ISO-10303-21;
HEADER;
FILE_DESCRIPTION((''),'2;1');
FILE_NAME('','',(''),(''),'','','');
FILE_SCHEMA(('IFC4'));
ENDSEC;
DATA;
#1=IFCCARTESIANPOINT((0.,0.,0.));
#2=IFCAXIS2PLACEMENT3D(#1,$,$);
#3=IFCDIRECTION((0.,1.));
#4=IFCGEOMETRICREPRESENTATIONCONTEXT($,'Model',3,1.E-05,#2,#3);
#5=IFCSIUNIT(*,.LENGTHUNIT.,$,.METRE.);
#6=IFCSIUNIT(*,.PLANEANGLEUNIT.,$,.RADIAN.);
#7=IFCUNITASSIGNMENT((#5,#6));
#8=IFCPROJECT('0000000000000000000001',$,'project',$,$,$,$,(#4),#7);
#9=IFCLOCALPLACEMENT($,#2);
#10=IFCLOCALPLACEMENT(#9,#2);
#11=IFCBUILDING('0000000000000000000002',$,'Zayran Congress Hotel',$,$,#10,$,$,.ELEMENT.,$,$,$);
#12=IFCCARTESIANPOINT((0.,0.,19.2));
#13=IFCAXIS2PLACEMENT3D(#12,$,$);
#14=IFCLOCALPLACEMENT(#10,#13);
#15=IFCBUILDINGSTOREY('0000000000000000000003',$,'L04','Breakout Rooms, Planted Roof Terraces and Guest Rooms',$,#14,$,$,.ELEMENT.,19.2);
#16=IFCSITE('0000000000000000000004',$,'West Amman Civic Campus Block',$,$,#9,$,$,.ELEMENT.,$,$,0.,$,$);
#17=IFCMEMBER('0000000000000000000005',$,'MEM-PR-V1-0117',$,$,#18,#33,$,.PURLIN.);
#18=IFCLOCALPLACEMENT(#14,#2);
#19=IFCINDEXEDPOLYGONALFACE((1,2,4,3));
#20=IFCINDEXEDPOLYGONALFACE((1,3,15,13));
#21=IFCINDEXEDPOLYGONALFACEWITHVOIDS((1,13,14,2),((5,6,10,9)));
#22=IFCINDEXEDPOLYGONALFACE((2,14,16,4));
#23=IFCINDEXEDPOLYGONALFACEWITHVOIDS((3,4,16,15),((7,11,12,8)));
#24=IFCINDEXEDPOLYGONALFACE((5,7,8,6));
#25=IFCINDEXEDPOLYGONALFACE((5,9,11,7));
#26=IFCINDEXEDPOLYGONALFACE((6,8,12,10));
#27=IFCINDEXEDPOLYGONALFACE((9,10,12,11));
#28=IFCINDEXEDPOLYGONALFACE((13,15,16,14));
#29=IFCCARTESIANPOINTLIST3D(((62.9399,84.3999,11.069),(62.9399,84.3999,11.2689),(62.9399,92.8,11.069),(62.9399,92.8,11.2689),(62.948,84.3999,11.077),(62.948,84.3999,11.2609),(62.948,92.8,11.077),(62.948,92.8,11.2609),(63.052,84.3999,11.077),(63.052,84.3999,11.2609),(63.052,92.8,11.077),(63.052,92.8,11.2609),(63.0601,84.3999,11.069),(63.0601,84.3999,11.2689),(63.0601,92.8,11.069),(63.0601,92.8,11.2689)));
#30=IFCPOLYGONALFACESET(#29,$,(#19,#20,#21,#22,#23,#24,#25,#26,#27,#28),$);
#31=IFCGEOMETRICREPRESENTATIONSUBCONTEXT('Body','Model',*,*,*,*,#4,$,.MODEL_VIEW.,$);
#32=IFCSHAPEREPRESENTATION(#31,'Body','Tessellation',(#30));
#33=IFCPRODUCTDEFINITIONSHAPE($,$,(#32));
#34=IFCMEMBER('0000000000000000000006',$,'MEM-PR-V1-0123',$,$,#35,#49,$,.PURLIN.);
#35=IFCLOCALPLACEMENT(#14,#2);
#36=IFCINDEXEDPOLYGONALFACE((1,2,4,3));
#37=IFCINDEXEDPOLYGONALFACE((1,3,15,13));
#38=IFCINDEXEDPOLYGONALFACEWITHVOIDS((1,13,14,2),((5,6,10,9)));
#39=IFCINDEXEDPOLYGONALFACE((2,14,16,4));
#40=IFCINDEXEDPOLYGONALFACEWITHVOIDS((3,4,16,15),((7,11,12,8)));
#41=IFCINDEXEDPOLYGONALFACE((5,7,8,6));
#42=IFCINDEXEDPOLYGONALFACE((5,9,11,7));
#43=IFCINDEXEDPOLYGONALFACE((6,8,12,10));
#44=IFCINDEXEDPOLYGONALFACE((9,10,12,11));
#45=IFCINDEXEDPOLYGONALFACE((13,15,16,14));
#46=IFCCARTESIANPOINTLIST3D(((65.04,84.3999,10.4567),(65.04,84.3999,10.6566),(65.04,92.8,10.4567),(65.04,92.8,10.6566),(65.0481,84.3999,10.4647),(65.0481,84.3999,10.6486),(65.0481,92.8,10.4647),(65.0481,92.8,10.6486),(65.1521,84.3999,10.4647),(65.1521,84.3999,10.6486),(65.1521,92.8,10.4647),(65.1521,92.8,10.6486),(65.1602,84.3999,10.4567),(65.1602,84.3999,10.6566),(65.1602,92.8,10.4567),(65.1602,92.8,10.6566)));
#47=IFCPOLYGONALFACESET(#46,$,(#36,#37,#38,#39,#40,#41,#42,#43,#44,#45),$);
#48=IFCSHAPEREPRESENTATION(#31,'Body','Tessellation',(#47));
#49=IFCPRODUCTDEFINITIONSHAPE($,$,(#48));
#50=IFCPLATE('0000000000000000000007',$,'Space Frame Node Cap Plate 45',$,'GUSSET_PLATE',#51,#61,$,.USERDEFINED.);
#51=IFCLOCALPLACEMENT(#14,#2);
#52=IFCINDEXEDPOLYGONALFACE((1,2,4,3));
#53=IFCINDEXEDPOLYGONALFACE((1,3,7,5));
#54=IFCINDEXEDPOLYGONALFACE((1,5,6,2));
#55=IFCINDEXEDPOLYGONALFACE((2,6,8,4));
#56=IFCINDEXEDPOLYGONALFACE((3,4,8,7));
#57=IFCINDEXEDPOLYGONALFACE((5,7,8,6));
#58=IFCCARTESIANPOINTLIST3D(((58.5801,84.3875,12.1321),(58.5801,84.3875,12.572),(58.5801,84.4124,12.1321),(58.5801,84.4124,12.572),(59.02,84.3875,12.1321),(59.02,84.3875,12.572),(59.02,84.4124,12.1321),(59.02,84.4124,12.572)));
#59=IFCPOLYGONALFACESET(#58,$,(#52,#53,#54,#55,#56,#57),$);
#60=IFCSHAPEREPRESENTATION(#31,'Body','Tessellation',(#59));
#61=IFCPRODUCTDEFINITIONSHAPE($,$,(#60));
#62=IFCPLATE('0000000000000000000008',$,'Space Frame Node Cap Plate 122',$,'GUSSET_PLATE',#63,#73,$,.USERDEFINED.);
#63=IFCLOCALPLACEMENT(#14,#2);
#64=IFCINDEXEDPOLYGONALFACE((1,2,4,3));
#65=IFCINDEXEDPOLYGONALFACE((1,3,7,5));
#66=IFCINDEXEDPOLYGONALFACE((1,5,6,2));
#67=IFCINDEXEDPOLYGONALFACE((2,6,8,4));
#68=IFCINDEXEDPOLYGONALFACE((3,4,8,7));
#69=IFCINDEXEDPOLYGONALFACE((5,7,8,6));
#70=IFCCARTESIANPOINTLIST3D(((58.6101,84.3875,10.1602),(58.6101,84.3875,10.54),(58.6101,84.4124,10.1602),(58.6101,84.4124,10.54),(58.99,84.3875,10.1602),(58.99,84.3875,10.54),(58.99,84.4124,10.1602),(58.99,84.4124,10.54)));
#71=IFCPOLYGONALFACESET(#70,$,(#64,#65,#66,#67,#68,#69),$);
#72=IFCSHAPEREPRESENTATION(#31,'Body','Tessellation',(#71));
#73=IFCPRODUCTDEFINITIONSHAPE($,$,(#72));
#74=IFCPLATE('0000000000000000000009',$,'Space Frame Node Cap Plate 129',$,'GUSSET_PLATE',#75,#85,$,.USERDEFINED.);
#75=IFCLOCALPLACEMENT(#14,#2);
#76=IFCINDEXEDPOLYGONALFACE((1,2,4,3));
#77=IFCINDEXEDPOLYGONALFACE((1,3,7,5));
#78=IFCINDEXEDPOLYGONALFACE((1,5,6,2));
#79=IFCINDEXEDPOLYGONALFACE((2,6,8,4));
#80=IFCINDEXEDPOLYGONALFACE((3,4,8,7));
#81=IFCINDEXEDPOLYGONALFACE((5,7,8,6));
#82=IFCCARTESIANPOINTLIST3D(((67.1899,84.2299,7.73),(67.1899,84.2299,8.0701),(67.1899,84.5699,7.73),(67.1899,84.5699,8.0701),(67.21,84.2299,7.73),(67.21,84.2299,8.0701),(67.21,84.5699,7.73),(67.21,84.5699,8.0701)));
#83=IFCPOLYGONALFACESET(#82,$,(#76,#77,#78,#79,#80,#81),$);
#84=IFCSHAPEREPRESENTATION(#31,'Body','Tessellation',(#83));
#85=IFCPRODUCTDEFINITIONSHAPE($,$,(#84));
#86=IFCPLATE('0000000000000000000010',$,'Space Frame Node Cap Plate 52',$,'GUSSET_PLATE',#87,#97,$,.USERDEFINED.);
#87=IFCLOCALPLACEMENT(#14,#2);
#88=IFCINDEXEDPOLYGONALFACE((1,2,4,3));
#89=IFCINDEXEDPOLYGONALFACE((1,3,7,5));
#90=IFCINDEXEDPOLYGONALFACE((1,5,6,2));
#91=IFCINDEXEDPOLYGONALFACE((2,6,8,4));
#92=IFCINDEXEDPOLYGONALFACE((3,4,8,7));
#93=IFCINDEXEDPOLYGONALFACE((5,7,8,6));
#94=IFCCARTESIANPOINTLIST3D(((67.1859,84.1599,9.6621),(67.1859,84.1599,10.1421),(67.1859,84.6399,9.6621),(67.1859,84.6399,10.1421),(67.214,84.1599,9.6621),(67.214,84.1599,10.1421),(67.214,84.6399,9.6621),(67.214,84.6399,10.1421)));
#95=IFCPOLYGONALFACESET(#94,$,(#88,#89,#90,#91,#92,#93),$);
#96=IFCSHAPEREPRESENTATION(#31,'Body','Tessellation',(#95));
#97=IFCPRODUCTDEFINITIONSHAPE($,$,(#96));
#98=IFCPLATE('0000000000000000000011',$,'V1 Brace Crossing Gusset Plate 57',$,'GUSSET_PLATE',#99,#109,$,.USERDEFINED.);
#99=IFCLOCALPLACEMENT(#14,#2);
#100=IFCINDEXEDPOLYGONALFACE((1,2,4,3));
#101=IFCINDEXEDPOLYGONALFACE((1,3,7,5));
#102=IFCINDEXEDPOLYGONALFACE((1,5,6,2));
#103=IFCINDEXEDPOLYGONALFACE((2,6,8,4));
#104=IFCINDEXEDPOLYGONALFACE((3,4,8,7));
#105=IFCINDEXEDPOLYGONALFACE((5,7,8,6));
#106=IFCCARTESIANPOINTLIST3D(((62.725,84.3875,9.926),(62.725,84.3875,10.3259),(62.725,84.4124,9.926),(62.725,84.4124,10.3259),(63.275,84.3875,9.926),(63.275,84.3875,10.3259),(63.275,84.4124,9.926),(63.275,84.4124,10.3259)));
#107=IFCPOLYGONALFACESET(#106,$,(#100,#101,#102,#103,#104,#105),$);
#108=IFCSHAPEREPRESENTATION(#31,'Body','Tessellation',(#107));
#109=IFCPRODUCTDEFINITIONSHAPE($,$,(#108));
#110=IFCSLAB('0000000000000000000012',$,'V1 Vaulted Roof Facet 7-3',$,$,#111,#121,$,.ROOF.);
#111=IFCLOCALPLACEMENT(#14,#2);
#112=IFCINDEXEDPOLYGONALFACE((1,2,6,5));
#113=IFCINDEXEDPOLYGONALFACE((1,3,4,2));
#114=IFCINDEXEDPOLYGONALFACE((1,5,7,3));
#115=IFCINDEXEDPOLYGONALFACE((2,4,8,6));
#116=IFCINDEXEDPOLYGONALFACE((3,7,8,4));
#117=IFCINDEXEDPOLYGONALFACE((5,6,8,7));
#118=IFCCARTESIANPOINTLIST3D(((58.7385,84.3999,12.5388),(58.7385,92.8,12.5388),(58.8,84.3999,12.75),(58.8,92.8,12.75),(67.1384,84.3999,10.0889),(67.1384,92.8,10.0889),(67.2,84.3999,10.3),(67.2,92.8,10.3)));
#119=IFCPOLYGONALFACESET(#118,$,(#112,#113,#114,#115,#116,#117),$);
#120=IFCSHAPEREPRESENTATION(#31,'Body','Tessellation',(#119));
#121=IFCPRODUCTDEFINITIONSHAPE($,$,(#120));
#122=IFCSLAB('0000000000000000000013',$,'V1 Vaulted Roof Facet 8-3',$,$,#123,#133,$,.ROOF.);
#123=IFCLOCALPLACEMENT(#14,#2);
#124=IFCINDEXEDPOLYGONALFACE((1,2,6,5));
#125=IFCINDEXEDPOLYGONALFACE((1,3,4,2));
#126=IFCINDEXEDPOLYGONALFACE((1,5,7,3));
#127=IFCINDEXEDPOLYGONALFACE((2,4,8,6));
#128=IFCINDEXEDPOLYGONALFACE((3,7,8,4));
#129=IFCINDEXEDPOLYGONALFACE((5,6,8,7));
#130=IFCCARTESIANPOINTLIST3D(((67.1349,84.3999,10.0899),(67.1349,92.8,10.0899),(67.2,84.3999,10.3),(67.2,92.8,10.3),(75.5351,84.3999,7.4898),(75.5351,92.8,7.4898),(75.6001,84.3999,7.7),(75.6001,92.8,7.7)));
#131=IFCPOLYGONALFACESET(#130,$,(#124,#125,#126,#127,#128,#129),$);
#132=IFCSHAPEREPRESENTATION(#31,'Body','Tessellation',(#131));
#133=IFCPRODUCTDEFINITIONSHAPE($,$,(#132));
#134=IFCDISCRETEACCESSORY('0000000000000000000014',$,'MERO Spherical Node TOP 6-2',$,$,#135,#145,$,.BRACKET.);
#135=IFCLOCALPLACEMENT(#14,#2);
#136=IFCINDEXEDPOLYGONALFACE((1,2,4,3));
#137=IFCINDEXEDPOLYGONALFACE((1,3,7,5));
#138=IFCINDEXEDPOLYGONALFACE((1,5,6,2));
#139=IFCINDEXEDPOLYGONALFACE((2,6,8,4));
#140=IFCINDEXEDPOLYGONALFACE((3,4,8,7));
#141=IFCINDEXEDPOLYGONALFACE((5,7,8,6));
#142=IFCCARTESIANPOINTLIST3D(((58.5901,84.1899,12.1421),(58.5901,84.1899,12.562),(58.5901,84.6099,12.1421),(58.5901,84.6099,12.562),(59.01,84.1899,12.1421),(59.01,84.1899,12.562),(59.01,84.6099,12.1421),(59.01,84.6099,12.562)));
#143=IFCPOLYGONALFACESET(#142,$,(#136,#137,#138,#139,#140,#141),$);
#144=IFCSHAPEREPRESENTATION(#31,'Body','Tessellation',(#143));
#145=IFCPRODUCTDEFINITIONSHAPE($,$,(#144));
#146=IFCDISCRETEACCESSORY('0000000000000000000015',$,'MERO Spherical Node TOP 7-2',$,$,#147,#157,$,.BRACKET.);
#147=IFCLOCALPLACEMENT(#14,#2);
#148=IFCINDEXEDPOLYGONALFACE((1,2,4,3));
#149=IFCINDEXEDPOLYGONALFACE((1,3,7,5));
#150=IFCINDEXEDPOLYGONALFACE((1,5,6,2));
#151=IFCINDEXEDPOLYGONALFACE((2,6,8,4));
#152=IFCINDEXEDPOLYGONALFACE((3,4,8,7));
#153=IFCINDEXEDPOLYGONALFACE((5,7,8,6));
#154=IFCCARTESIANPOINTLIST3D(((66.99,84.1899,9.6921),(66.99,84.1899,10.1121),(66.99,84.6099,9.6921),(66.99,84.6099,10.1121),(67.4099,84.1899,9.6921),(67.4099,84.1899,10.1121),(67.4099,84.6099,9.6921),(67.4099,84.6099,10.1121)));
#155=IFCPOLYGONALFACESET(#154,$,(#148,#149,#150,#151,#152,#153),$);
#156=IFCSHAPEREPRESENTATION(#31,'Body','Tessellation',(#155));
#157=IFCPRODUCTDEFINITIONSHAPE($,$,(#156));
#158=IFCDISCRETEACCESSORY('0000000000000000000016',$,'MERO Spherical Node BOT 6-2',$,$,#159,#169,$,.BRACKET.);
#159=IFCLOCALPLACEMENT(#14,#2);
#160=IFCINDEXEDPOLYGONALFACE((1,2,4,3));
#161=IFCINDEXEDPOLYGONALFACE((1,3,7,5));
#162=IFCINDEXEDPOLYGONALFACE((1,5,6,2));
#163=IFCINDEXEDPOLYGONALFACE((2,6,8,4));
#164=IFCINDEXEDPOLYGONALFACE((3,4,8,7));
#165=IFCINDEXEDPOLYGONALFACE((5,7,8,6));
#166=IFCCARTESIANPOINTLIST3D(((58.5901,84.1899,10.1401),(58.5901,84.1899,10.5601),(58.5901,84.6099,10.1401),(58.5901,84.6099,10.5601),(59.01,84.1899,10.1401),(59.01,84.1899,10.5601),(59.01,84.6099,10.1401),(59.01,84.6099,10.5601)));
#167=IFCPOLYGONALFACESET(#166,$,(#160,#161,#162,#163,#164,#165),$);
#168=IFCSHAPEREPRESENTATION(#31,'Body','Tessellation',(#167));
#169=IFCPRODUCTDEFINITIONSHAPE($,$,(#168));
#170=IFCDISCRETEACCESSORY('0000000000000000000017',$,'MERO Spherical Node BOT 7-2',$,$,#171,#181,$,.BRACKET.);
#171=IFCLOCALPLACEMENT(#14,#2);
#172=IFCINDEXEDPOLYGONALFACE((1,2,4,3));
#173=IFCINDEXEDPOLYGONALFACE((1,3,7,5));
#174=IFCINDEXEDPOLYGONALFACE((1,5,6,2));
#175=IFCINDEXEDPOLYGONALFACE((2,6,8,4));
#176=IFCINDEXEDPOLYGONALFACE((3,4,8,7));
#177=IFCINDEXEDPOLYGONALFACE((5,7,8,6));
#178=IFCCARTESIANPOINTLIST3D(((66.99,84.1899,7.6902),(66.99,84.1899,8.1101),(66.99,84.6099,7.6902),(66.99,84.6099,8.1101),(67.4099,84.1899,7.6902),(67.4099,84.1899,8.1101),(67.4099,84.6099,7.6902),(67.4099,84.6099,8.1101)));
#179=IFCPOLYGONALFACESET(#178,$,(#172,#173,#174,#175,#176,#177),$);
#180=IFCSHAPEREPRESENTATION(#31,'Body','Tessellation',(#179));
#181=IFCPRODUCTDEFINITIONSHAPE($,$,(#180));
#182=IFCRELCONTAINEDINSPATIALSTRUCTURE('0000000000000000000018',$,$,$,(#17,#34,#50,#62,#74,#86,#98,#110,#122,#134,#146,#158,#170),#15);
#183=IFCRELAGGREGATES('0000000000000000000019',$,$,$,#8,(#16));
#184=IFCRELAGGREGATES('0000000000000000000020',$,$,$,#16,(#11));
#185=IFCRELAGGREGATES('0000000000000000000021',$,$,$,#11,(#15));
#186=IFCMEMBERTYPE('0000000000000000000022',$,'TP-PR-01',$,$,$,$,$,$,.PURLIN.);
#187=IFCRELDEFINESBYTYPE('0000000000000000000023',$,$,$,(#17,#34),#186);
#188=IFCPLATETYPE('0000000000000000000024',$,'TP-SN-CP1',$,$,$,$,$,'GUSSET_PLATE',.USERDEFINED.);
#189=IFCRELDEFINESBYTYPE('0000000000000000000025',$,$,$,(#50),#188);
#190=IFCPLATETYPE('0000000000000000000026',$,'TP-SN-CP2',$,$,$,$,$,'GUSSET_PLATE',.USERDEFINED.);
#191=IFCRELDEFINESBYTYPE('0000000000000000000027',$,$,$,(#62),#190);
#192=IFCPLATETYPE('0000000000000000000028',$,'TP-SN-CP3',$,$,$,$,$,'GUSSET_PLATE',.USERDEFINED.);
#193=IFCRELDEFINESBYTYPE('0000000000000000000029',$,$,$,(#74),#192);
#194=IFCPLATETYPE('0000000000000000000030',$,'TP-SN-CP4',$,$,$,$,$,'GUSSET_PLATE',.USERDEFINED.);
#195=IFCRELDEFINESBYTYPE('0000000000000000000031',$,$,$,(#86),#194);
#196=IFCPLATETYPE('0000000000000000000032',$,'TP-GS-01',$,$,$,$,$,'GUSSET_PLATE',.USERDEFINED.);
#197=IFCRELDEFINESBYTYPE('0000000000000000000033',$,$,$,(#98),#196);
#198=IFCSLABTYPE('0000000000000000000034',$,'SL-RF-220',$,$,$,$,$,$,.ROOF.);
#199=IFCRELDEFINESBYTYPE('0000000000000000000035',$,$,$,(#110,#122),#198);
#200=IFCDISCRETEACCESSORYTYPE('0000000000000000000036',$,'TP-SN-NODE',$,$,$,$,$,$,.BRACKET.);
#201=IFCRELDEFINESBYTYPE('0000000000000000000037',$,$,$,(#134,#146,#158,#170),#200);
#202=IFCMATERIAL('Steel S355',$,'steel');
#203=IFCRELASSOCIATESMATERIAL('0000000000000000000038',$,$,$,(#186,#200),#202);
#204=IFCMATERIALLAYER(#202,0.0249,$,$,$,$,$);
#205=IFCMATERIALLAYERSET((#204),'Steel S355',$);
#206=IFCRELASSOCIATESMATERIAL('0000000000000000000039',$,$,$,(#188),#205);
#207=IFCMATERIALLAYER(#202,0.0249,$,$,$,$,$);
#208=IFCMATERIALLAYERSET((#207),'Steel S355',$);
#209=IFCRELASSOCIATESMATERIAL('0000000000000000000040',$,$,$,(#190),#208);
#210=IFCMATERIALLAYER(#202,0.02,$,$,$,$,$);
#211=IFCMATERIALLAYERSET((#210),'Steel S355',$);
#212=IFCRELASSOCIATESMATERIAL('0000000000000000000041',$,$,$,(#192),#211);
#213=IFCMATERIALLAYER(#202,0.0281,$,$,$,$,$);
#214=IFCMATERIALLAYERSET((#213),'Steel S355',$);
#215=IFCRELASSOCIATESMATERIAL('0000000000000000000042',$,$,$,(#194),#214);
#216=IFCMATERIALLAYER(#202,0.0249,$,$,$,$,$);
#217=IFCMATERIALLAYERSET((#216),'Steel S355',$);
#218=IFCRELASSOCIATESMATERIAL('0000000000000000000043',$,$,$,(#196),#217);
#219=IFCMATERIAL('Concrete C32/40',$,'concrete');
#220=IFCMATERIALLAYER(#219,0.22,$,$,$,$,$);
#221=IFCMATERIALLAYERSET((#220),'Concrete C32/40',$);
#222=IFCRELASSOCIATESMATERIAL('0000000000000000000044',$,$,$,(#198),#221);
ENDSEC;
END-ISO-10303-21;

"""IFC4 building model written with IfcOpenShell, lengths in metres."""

from ifc_helpers import new_model, si_unit, direction, frame, origin, origin_2d, place, context, subcontext, project, spatial, polyline, rectangle, hollow_rectangle, outline, extrude, material, layer, layer_set, material_profile, profile_set, type_object, element, save


model = new_model("IFC4")

# Units and contexts
model_context = context("Model", 3, precision=1e-05, world=origin(), true_north=direction((0.0, 1.0)))
body_context = subcontext(model_context, "Body", "Model", "MODEL_VIEW")
ifc_project = project(units=[si_unit("LENGTHUNIT", "METRE"), si_unit("PLANEANGLEUNIT", "RADIAN")], contexts=[model_context])

# Site, building, storey
site_placement = place(None, origin())
site = spatial("IfcSite", under=ifc_project, at=site_placement, Name="West Amman Civic Campus Block", CompositionType="ELEMENT", RefElevation=0.0)
building_placement = place(site_placement, origin())
building = spatial("IfcBuilding", under=site, at=building_placement, Name="Zayran Congress Hotel", CompositionType="ELEMENT")
storey_placement = place(building_placement, frame((0.0, 0.0, 19.2)))
storey = spatial("IfcBuildingStorey", under=building, at=storey_placement, Name="L04", Description="Breakout Rooms, Planted Roof Terraces and Guest Rooms", CompositionType="ELEMENT", Elevation=19.2)

# Members
ifc_material_1 = material(Name="Steel S355", Category="steel")
ifc_material_profile_1 = material_profile(ifc_material_1, hollow_rectangle(XDim=0.1201, YDim=0.2, WallThickness=0.0081, at=origin_2d()), Name="RHS 200x120x8")
ifc_profile_set_1 = profile_set([ifc_material_profile_1], Name="Steel S355")
member_type_1 = type_object("IfcMemberType", Name="TP-PR-01", PredefinedType="PURLIN", material=ifc_profile_set_1)
for number, where, z_axis, x_axis, name in (
    (1, (63.0, 84.3999, 11.1689), (0.0, 1.0, 0.0), (-1.0, 0.0, 0.0), "MEM-PR-V1-0117"),
    (2, (65.1001, 84.3999, 10.5566), (0.0, 1.0, 0.0), (-1.0, 0.0, 0.0), "MEM-PR-V1-0123"),
):
    element("IfcMember", number, at=place(storey_placement, frame(where, z_axis=z_axis, x_axis=x_axis)), inside=storey, type_object=member_type_1, Name=name, PredefinedType="PURLIN", context=body_context, shape_type="SweptSolid", body=[
        extrude(hollow_rectangle(XDim=0.1201, YDim=0.2, WallThickness=0.0081, at=origin_2d()), origin(), (0.0, 0.0, 1.0), 8.4001),
    ])

# Plates
ifc_layer_1 = layer(ifc_material_1, 0.0249)
ifc_layer_set_1 = layer_set([ifc_layer_1], Name="Steel S355")
plate_type_1 = type_object("IfcPlateType", Name="TP-SN-CP1", ElementType="GUSSET_PLATE", PredefinedType="USERDEFINED", material=ifc_layer_set_1)
plate_1_placement = place(storey_placement, frame((58.8, 84.3999, 12.1321), z_axis=(0.0, 0.0, 1.0), x_axis=(1.0, 0.0, 0.0)))
element("IfcPlate", 3, at=plate_1_placement, inside=storey, type_object=plate_type_1, Name="Space Frame Node Cap Plate 45", ObjectType="GUSSET_PLATE", PredefinedType="USERDEFINED", context=body_context, shape_type="SweptSolid", body=[
    extrude(rectangle(XDim=0.4399, YDim=0.0249, at=origin_2d()), origin(), (0.0, 0.0, 1.0), 0.4399),
])
ifc_layer_2 = layer(ifc_material_1, 0.0249)
ifc_layer_set_2 = layer_set([ifc_layer_2], Name="Steel S355")
plate_type_2 = type_object("IfcPlateType", Name="TP-SN-CP2", ElementType="GUSSET_PLATE", PredefinedType="USERDEFINED", material=ifc_layer_set_2)
plate_2_placement = place(storey_placement, frame((58.8, 84.3999, 10.1602), z_axis=(0.0, 0.0, 1.0), x_axis=(1.0, 0.0, 0.0)))
element("IfcPlate", 4, at=plate_2_placement, inside=storey, type_object=plate_type_2, Name="Space Frame Node Cap Plate 122", ObjectType="GUSSET_PLATE", PredefinedType="USERDEFINED", context=body_context, shape_type="SweptSolid", body=[
    extrude(rectangle(XDim=0.3799, YDim=0.0249, at=origin_2d()), origin(), (0.0, 0.0, 1.0), 0.3799),
])
ifc_layer_3 = layer(ifc_material_1, 0.02)
ifc_layer_set_3 = layer_set([ifc_layer_3], Name="Steel S355")
plate_type_3 = type_object("IfcPlateType", Name="TP-SN-CP3", ElementType="GUSSET_PLATE", PredefinedType="USERDEFINED", material=ifc_layer_set_3)
plate_3_placement = place(storey_placement, frame((67.2, 84.3999, 7.73), z_axis=(0.0, 0.0, 1.0), x_axis=(0.0, 1.0, 0.0)))
element("IfcPlate", 5, at=plate_3_placement, inside=storey, type_object=plate_type_3, Name="Space Frame Node Cap Plate 129", ObjectType="GUSSET_PLATE", PredefinedType="USERDEFINED", context=body_context, shape_type="SweptSolid", body=[
    extrude(rectangle(XDim=0.3401, YDim=0.02, at=origin_2d()), origin(), (0.0, 0.0, 1.0), 0.3401),
])
ifc_layer_4 = layer(ifc_material_1, 0.0281)
ifc_layer_set_4 = layer_set([ifc_layer_4], Name="Steel S355")
plate_type_4 = type_object("IfcPlateType", Name="TP-SN-CP4", ElementType="GUSSET_PLATE", PredefinedType="USERDEFINED", material=ifc_layer_set_4)
plate_4_placement = place(storey_placement, frame((67.2, 84.3999, 9.6621), z_axis=(0.0, 0.0, 1.0), x_axis=(0.0, 1.0, 0.0)))
element("IfcPlate", 6, at=plate_4_placement, inside=storey, type_object=plate_type_4, Name="Space Frame Node Cap Plate 52", ObjectType="GUSSET_PLATE", PredefinedType="USERDEFINED", context=body_context, shape_type="SweptSolid", body=[
    extrude(rectangle(XDim=0.48, YDim=0.0281, at=origin_2d()), origin(), (0.0, 0.0, 1.0), 0.48),
])
ifc_layer_5 = layer(ifc_material_1, 0.0249)
ifc_layer_set_5 = layer_set([ifc_layer_5], Name="Steel S355")
plate_type_5 = type_object("IfcPlateType", Name="TP-GS-01", ElementType="GUSSET_PLATE", PredefinedType="USERDEFINED", material=ifc_layer_set_5)
plate_5_placement = place(storey_placement, frame((63.0, 84.3999, 9.926), z_axis=(0.0, 0.0, 1.0), x_axis=(1.0, 0.0, 0.0)))
element("IfcPlate", 7, at=plate_5_placement, inside=storey, type_object=plate_type_5, Name="V1 Brace Crossing Gusset Plate 57", ObjectType="GUSSET_PLATE", PredefinedType="USERDEFINED", context=body_context, shape_type="SweptSolid", body=[
    extrude(rectangle(XDim=0.55, YDim=0.0249, at=origin_2d()), origin(), (0.0, 0.0, 1.0), 0.3999),
])

# Slabs
ifc_material_2 = material(Name="Concrete C32/40", Category="concrete")
ifc_layer_6 = layer(ifc_material_2, 0.22)
ifc_layer_set_6 = layer_set([ifc_layer_6], Name="Concrete C32/40")
slab_type = type_object("IfcSlabType", Name="SL-RF-220", PredefinedType="ROOF", material=ifc_layer_set_6)
slab_1_placement = place(storey_placement, frame((58.8, 84.3999, 12.75), z_axis=(0.279998, 0.0, 0.960001), x_axis=(0.960001, 0.0, -0.279998)))
element("IfcSlab", 8, at=slab_1_placement, inside=storey, type_object=slab_type, Name="V1 Vaulted Roof Facet 7-3", PredefinedType="ROOF", context=body_context, shape_type="SweptSolid", body=[
    extrude(outline(polyline([(0.0, 0.0), (8.7499, 0.0), (8.7499, 8.4001), (0.0, 8.4001), (0.0, 0.0)])), origin(), (0.0, 0.0, -1.0), 0.22),
])
slab_2_placement = place(storey_placement, frame((67.2, 84.3999, 10.3), z_axis=(0.295689, 0.0, 0.955284), x_axis=(0.955284, 0.0, -0.295689)))
element("IfcSlab", 9, at=slab_2_placement, inside=storey, type_object=slab_type, Name="V1 Vaulted Roof Facet 8-3", PredefinedType="ROOF", context=body_context, shape_type="SweptSolid", body=[
    extrude(outline(polyline([(0.0, 0.0), (8.7933, 0.0), (8.7933, 8.4001), (0.0, 8.4001), (0.0, 0.0)])), origin(), (0.0, 0.0, -1.0), 0.22),
])

# Discrete accessories
discrete_accessory_type = type_object("IfcDiscreteAccessoryType", Name="TP-SN-NODE", PredefinedType="BRACKET", material=ifc_material_1)
for number, where, z_axis, x_axis, name in (
    (10, (58.8, 84.3999, 12.1421), (0.0, 0.0, 1.0), (1.0, 0.0, 0.0), "MERO Spherical Node TOP 6-2"),
    (11, (67.2, 84.3999, 9.6921), (0.0, 0.0, 1.0), (1.0, 0.0, 0.0), "MERO Spherical Node TOP 7-2"),
    (12, (58.8, 84.3999, 10.1401), (0.0, 0.0, 1.0), (1.0, 0.0, 0.0), "MERO Spherical Node BOT 6-2"),
    (13, (67.2, 84.3999, 7.6902), (0.0, 0.0, 1.0), (1.0, 0.0, 0.0), "MERO Spherical Node BOT 7-2"),
):
    element("IfcDiscreteAccessory", number, at=place(storey_placement, frame(where, z_axis=z_axis, x_axis=x_axis)), inside=storey, type_object=discrete_accessory_type, Name=name, PredefinedType="BRACKET", context=body_context, shape_type="SweptSolid", body=[
        extrude(rectangle(XDim=0.4199, YDim=0.4199, at=origin_2d()), origin(), (0.0, 0.0, 1.0), 0.4199),
    ])

save(model, "model.ifc")
